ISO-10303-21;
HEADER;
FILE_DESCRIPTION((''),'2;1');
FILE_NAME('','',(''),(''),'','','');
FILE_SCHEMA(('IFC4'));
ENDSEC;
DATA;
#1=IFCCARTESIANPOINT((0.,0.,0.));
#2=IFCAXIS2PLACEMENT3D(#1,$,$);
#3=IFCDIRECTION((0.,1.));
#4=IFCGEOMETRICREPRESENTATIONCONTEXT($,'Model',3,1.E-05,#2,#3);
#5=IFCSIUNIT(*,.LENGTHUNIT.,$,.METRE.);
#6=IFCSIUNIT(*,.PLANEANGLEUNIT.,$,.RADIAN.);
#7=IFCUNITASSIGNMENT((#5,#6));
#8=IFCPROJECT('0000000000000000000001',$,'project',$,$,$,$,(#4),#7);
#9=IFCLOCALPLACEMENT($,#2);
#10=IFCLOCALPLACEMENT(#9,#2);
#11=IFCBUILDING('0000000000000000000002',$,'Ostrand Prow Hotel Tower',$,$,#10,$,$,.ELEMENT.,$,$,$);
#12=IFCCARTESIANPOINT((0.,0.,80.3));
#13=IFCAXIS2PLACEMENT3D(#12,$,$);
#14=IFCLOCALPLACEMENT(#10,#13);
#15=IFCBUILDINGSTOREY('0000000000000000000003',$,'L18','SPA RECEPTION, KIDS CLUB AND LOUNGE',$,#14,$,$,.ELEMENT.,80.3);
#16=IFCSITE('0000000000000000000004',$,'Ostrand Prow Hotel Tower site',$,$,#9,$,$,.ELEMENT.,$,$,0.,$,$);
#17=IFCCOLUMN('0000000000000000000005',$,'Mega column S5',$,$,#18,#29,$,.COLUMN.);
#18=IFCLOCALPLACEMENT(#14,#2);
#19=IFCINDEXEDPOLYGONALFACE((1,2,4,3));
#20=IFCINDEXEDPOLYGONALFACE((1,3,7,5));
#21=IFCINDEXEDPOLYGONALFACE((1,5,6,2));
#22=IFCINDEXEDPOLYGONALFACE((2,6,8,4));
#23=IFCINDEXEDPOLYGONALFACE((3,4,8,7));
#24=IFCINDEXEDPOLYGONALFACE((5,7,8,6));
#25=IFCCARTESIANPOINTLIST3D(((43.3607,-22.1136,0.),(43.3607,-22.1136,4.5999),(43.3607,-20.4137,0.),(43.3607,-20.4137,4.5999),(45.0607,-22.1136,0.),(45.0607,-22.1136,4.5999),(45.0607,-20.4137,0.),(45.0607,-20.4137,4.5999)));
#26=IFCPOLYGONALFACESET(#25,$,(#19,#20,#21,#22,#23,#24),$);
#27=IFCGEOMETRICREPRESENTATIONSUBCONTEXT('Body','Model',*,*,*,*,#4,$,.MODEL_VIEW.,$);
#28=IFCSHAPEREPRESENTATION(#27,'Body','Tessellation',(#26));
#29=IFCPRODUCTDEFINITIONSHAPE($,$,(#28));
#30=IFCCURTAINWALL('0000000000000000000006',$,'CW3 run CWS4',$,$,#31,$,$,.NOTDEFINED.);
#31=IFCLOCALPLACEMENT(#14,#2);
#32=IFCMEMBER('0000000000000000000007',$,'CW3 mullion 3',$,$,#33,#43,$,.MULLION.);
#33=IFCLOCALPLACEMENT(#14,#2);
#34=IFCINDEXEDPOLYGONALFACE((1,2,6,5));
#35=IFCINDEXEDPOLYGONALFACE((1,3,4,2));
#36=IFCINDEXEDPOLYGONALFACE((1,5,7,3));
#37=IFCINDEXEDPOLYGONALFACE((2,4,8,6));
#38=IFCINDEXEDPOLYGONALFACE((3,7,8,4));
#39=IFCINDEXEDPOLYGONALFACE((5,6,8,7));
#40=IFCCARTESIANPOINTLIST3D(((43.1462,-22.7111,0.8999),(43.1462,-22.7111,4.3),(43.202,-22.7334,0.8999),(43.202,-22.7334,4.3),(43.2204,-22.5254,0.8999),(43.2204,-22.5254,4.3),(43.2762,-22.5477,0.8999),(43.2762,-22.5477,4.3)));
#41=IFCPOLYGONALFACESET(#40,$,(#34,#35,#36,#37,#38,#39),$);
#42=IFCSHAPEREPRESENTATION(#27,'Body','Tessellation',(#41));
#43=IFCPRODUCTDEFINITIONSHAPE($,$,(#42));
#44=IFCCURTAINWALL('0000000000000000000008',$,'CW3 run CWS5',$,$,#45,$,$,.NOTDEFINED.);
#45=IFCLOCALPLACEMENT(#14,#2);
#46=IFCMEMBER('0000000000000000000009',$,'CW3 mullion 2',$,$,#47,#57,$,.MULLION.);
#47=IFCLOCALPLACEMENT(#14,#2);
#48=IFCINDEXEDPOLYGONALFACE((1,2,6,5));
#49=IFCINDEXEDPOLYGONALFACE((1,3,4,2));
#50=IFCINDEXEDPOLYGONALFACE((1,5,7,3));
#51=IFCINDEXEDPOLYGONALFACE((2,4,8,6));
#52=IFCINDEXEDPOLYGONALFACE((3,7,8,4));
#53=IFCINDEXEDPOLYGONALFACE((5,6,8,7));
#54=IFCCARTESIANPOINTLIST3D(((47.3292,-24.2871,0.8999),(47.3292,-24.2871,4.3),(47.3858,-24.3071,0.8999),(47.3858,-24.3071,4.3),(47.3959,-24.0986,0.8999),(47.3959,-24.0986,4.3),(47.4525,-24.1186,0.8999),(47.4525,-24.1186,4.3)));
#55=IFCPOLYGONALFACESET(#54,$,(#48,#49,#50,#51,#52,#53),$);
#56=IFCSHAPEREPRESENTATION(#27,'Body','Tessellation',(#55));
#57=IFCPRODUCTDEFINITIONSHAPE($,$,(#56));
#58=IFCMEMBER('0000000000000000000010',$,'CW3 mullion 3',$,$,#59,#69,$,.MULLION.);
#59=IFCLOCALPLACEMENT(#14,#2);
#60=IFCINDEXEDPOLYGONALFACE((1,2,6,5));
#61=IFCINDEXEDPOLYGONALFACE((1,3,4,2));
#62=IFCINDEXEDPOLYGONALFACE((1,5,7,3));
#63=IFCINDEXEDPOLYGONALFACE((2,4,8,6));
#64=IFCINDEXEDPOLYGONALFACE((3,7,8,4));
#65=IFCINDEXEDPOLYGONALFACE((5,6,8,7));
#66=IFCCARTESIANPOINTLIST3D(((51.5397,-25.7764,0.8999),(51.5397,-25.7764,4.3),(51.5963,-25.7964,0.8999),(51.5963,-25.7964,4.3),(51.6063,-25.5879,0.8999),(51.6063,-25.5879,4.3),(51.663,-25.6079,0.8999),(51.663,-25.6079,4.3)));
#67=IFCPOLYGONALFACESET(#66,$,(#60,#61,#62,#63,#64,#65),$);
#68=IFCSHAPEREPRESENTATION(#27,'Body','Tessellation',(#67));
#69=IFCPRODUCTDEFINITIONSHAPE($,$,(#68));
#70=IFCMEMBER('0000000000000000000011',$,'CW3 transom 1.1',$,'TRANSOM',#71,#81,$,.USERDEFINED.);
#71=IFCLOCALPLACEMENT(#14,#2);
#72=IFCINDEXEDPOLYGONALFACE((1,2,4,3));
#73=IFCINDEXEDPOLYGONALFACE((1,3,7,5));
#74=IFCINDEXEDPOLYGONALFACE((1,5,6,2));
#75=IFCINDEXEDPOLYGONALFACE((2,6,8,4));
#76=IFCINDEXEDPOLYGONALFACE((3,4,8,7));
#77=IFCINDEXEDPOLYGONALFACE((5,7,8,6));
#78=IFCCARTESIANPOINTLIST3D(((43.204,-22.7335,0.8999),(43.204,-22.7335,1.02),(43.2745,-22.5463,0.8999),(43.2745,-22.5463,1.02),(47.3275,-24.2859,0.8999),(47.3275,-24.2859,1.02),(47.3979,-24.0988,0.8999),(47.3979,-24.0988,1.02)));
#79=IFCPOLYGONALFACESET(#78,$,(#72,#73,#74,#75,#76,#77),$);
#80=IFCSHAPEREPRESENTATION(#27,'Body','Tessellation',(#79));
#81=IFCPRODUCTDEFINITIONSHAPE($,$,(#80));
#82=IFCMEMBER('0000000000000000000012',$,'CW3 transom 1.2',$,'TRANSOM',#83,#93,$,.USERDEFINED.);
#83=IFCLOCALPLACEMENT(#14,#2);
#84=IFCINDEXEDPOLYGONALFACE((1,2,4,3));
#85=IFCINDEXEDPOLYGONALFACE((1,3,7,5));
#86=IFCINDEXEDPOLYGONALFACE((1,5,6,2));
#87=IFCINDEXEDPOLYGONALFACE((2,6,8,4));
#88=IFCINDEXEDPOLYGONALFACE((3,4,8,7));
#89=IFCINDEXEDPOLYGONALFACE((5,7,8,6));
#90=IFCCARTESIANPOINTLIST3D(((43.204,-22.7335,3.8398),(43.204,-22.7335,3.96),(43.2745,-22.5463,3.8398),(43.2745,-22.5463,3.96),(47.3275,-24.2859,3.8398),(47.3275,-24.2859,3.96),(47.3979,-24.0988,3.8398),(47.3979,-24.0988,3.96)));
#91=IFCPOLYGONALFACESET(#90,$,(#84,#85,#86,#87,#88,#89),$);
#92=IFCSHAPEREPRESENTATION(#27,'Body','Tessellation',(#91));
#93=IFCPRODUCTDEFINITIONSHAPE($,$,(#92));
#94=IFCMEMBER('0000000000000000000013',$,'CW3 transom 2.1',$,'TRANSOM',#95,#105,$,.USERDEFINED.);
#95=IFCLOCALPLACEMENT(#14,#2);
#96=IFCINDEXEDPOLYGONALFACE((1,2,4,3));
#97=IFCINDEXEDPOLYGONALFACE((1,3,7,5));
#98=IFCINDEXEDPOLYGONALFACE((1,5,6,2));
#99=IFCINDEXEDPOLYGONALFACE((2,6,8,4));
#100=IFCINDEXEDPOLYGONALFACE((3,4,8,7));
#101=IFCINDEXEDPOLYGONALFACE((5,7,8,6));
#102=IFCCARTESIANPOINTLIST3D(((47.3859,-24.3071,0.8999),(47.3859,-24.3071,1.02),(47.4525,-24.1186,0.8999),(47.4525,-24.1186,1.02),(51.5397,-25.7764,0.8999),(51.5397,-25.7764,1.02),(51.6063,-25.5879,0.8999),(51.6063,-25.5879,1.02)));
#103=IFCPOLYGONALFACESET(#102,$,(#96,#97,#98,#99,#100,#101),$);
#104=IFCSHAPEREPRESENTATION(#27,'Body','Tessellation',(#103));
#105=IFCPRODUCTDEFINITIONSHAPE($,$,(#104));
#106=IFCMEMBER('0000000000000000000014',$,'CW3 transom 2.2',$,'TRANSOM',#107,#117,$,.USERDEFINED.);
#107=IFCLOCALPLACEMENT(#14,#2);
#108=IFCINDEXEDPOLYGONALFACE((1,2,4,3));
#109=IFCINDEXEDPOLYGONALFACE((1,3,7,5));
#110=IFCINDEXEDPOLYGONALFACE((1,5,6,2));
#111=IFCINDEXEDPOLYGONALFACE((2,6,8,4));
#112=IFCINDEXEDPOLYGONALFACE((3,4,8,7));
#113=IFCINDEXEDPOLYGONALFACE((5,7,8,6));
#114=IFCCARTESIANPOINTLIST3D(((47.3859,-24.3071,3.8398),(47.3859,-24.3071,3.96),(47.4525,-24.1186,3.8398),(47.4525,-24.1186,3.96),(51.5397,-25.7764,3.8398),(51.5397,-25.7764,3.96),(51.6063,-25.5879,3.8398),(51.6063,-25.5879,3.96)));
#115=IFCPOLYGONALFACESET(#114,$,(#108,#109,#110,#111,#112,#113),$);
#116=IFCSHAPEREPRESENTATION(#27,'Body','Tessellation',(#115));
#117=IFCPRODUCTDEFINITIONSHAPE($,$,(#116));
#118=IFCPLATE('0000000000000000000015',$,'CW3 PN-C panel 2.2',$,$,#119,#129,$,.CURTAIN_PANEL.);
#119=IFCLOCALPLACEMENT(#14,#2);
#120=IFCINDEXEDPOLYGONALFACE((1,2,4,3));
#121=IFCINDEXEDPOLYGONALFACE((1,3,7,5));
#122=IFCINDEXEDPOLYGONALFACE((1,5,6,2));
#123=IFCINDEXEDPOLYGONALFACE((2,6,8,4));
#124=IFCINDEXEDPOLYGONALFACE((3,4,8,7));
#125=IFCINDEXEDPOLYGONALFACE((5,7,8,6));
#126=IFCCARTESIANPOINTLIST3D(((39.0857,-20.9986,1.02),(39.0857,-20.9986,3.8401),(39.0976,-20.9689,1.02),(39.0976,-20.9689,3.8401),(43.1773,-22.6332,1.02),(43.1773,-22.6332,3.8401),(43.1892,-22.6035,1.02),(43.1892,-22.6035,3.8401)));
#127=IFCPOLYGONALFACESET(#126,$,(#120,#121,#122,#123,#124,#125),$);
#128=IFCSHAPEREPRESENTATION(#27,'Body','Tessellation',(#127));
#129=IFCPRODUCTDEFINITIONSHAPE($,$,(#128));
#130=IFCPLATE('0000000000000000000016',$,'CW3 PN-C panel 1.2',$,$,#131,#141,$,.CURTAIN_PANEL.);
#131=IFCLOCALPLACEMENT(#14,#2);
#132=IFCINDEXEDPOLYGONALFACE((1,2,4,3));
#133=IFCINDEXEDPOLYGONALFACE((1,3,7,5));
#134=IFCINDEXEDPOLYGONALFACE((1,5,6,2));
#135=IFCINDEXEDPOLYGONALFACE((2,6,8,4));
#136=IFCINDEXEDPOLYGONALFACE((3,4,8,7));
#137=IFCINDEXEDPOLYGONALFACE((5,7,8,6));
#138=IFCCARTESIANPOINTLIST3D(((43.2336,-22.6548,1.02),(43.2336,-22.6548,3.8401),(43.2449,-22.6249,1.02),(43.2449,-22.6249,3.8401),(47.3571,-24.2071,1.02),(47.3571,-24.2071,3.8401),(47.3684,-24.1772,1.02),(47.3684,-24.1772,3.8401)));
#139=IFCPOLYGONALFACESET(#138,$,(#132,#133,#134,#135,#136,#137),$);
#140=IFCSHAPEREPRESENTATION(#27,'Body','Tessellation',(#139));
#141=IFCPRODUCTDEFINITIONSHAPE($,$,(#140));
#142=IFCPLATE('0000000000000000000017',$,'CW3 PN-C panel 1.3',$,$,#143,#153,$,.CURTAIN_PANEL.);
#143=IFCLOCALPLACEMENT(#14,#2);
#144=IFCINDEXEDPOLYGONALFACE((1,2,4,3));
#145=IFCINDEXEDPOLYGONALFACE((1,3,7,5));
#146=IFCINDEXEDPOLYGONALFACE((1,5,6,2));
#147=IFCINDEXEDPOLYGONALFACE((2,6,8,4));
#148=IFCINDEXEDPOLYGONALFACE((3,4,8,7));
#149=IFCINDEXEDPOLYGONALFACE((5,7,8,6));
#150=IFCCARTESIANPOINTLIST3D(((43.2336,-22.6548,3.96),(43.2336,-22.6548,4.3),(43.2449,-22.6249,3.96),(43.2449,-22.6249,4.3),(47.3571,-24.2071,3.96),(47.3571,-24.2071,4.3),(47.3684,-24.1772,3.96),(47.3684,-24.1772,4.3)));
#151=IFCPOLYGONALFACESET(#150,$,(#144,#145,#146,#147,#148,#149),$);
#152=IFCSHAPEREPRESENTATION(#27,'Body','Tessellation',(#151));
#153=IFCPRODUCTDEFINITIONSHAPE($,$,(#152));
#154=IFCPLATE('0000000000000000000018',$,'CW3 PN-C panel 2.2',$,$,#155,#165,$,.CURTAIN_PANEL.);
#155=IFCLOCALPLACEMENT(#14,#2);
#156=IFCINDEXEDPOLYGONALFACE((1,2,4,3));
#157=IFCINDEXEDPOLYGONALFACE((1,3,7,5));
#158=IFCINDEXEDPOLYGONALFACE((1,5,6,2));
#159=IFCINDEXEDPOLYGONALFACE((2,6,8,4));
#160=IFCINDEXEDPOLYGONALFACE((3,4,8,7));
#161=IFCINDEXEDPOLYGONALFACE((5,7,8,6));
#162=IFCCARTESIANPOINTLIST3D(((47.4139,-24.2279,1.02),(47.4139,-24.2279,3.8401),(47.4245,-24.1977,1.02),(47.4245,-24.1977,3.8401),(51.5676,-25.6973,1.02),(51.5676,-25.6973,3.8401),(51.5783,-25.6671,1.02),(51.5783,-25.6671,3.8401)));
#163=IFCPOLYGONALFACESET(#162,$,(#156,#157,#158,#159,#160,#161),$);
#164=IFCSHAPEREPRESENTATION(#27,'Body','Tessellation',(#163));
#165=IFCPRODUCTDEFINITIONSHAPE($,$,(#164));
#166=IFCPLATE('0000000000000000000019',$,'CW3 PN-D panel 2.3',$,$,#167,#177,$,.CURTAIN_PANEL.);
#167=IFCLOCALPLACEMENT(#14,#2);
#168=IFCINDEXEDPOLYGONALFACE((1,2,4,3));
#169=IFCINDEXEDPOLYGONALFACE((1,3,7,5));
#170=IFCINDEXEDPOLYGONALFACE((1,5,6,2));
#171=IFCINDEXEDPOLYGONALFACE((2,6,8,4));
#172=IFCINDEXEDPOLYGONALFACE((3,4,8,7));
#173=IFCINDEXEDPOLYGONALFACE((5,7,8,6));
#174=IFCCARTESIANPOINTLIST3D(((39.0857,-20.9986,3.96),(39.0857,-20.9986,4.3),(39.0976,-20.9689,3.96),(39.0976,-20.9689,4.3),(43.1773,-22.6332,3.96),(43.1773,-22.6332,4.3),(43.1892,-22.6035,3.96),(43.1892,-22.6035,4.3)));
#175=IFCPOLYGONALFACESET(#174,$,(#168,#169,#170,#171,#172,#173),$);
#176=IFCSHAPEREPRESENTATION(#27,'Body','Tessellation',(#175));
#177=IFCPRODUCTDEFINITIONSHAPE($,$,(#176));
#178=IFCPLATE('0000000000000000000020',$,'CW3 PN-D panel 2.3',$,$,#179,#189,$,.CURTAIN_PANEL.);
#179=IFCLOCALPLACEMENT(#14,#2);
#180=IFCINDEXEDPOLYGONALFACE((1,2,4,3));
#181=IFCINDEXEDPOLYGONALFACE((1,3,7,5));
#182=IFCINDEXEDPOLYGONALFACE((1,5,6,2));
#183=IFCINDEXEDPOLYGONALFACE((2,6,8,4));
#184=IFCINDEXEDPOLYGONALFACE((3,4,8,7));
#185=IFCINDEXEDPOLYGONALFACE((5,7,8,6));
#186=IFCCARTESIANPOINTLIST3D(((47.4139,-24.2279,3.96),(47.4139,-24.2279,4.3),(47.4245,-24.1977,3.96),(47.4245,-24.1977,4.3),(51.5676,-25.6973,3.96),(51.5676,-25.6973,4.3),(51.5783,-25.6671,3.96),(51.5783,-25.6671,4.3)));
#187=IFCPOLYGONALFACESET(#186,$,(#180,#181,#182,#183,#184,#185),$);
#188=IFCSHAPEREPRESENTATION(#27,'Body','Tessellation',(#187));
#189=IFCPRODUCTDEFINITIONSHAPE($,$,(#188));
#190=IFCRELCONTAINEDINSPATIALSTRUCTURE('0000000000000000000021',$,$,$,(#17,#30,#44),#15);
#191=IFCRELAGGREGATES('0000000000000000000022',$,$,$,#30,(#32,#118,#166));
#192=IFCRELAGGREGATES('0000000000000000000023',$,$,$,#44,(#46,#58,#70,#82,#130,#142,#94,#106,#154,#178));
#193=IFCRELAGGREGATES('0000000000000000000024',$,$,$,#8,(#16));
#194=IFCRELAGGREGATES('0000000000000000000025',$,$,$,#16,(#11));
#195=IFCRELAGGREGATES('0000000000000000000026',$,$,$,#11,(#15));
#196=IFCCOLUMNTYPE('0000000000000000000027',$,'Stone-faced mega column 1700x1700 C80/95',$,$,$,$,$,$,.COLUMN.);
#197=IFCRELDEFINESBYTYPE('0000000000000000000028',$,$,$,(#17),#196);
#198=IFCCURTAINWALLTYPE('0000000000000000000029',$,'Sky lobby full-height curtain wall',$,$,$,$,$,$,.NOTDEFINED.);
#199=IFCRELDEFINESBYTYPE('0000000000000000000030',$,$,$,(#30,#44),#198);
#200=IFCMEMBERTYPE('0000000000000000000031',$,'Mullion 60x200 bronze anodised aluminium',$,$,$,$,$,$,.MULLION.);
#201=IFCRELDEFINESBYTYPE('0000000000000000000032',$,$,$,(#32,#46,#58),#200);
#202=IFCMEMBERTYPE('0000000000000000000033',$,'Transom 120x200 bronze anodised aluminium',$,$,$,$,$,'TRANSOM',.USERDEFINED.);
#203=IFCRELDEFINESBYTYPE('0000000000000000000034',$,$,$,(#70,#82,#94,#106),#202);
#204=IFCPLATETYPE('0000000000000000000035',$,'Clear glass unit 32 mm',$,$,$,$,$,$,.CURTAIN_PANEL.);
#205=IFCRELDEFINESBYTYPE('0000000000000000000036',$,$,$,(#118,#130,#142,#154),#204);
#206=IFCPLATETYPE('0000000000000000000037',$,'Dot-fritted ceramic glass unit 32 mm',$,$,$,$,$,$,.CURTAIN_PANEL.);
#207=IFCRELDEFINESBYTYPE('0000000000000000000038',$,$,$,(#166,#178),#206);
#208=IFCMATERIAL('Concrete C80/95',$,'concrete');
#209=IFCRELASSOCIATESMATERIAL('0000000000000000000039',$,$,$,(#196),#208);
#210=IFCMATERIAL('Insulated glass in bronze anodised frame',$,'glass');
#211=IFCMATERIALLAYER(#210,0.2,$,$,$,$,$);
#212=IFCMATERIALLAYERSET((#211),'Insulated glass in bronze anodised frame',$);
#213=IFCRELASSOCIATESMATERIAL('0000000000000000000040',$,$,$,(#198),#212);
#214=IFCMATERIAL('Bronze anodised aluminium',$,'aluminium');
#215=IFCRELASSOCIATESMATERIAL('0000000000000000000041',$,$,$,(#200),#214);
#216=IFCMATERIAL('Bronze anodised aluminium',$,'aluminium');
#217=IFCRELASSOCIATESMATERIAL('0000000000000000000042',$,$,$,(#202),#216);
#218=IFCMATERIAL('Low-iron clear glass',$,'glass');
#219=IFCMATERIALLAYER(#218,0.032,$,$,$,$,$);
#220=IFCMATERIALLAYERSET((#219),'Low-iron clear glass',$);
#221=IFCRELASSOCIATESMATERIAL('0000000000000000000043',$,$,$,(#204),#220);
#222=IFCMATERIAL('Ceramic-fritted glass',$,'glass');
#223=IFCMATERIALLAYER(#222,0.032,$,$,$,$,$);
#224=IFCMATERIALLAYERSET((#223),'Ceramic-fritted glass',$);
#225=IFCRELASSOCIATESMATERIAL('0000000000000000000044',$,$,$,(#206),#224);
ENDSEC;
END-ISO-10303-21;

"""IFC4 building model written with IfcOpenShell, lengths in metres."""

from ifc_helpers import new_model, si_unit, direction, frame, origin, origin_2d, place, context, subcontext, project, spatial, rectangle, extrude, material, layer, layer_set, material_profile, profile_set, type_object, element, aggregate, save


model = new_model("IFC4")

# Units and contexts
model_context = context("Model", 3, precision=1e-05, world=origin(), true_north=direction((0.0, 1.0)))
body_context = subcontext(model_context, "Body", "Model", "MODEL_VIEW")
ifc_project = project(units=[si_unit("LENGTHUNIT", "METRE"), si_unit("PLANEANGLEUNIT", "RADIAN")], contexts=[model_context])

# Site, building, storey
site_placement = place(None, origin())
site = spatial("IfcSite", under=ifc_project, at=site_placement, Name="Ostrand Prow Hotel Tower site", CompositionType="ELEMENT", RefElevation=0.0)
building_placement = place(site_placement, origin())
building = spatial("IfcBuilding", under=site, at=building_placement, Name="Ostrand Prow Hotel Tower", CompositionType="ELEMENT")
storey_placement = place(building_placement, frame((0.0, 0.0, 80.3)))
storey = spatial("IfcBuildingStorey", under=building, at=storey_placement, Name="L18", Description="SPA RECEPTION, KIDS CLUB AND LOUNGE", CompositionType="ELEMENT", Elevation=80.3)

# Column
ifc_material_1 = material(Name="Concrete C80/95", Category="concrete")
ifc_material_profile_1 = material_profile(ifc_material_1, rectangle(XDim=1.7, YDim=1.7, at=origin_2d()), Name="RC 1700x1700")
ifc_profile_set_1 = profile_set([ifc_material_profile_1], Name="Concrete C80/95")
column_type = type_object("IfcColumnType", Name="Stone-faced mega column 1700x1700 C80/95", PredefinedType="COLUMN", material=ifc_profile_set_1)
column_placement = place(storey_placement, frame((44.2107, -21.2637, 0.0), z_axis=(0.0, 0.0, 1.0), x_axis=(1.0, 0.0, 0.0)))
element("IfcColumn", 1, at=column_placement, inside=storey, type_object=column_type, Name="Mega column S5", PredefinedType="COLUMN", context=body_context, shape_type="SweptSolid", body=[
    extrude(rectangle(XDim=1.7, YDim=1.7, at=origin_2d()), origin(), (0.0, 0.0, 1.0), 4.5999),
])

# Curtain wall, member
ifc_material_2 = material(Name="Insulated glass in bronze anodised frame", Category="glass")
ifc_layer_1 = layer(ifc_material_2, 0.2)
ifc_layer_set_1 = layer_set([ifc_layer_1], Name="Insulated glass in bronze anodised frame")
curtain_wall_type = type_object("IfcCurtainWallType", Name="Sky lobby full-height curtain wall", PredefinedType="NOTDEFINED", material=ifc_layer_set_1)
curtain_wall_1_placement = place(storey_placement, origin())
curtain_wall_1 = element("IfcCurtainWall", 2, at=curtain_wall_1_placement, inside=storey, type_object=curtain_wall_type, Name="CW3 run CWS4", PredefinedType="NOTDEFINED")
ifc_material_3 = material(Name="Bronze anodised aluminium", Category="aluminium")
ifc_material_profile_2 = material_profile(ifc_material_3, rectangle(XDim=0.2, YDim=0.0601, at=origin_2d()), Name="Mullion 60x200 bronze anodised aluminium")
ifc_profile_set_2 = profile_set([ifc_material_profile_2], Name="Bronze anodised aluminium")
member_type_1 = type_object("IfcMemberType", Name="Mullion 60x200 bronze anodised aluminium", PredefinedType="MULLION", material=ifc_profile_set_2)
member_1_placement = place(storey_placement, frame((43.2112, -22.6294, 0.8999), z_axis=(0.0, 0.0, 1.0), x_axis=(0.370982, 0.92864, 0.0)))
member_1 = element("IfcMember", 3, at=member_1_placement, type_object=member_type_1, Name="CW3 mullion 3", PredefinedType="MULLION", context=body_context, shape_type="SweptSolid", body=[
    extrude(rectangle(XDim=0.2, YDim=0.0601, at=origin_2d()), origin(), (0.0, 0.0, 1.0), 3.4001),
])

# Curtain wall, members
curtain_wall_2_placement = place(storey_placement, origin())
curtain_wall_2 = element("IfcCurtainWall", 4, at=curtain_wall_2_placement, inside=storey, type_object=curtain_wall_type, Name="CW3 run CWS5", PredefinedType="NOTDEFINED")
member_2_placement = place(storey_placement, frame((47.3909, -24.2029, 0.8999), z_axis=(0.0, 0.0, 1.0), x_axis=(0.333496, 0.942752, 0.0)))
member_2 = element("IfcMember", 5, at=member_2_placement, type_object=member_type_1, Name="CW3 mullion 2", PredefinedType="MULLION", context=body_context, shape_type="SweptSolid", body=[
    extrude(rectangle(XDim=0.2, YDim=0.0601, at=origin_2d()), origin(), (0.0, 0.0, 1.0), 3.4001),
])
member_3_placement = place(storey_placement, frame((51.6013, -25.6921, 0.8999), z_axis=(0.0, 0.0, 1.0), x_axis=(0.333496, 0.942752, 0.0)))
member_3 = element("IfcMember", 6, at=member_3_placement, type_object=member_type_1, Name="CW3 mullion 3", PredefinedType="MULLION", context=body_context, shape_type="SweptSolid", body=[
    extrude(rectangle(XDim=0.2, YDim=0.0601, at=origin_2d()), origin(), (0.0, 0.0, 1.0), 3.4001),
])
ifc_material_4 = material(Name="Bronze anodised aluminium", Category="aluminium")
ifc_material_profile_3 = material_profile(ifc_material_4, rectangle(XDim=0.2, YDim=0.1201, at=origin_2d()), Name="Transom 120x200 bronze anodised aluminium")
ifc_profile_set_3 = profile_set([ifc_material_profile_3], Name="Bronze anodised aluminium")
member_type_2 = type_object("IfcMemberType", Name="Transom 120x200 bronze anodised aluminium", ElementType="TRANSOM", PredefinedType="USERDEFINED", material=ifc_profile_set_3)
member_4_placement = place(storey_placement, frame((43.2393, -22.6399, 0.96), z_axis=(0.935868, -0.35235, 0.0), x_axis=(0.35235, 0.935868, 0.0)))
member_4 = element("IfcMember", 7, at=member_4_placement, type_object=member_type_2, Name="CW3 transom 1.1", ObjectType="TRANSOM", PredefinedType="USERDEFINED", context=body_context, shape_type="SweptSolid", body=[
    extrude(rectangle(XDim=0.2, YDim=0.1201, at=origin_2d()), origin(), (0.0, 0.0, 1.0), 4.406),
])
member_5_placement = place(storey_placement, frame((43.2393, -22.6399, 3.8999), z_axis=(0.935868, -0.35235, 0.0), x_axis=(0.35235, 0.935868, 0.0)))
member_5 = element("IfcMember", 8, at=member_5_placement, type_object=member_type_2, Name="CW3 transom 1.2", ObjectType="TRANSOM", PredefinedType="USERDEFINED", context=body_context, shape_type="SweptSolid", body=[
    extrude(rectangle(XDim=0.2, YDim=0.1201, at=origin_2d()), origin(), (0.0, 0.0, 1.0), 4.406),
])
member_6_placement = place(storey_placement, frame((47.4192, -24.2129, 0.96), z_axis=(0.942763, -0.333463, 0.0), x_axis=(0.333463, 0.942763, 0.0)))
member_6 = element("IfcMember", 9, at=member_6_placement, type_object=member_type_2, Name="CW3 transom 2.1", ObjectType="TRANSOM", PredefinedType="USERDEFINED", context=body_context, shape_type="SweptSolid", body=[
    extrude(rectangle(XDim=0.2, YDim=0.1201, at=origin_2d()), origin(), (0.0, 0.0, 1.0), 4.406),
])
member_7_placement = place(storey_placement, frame((47.4192, -24.2129, 3.8999), z_axis=(0.942763, -0.333463, 0.0), x_axis=(0.333463, 0.942763, 0.0)))
member_7 = element("IfcMember", 10, at=member_7_placement, type_object=member_type_2, Name="CW3 transom 2.2", ObjectType="TRANSOM", PredefinedType="USERDEFINED", context=body_context, shape_type="SweptSolid", body=[
    extrude(rectangle(XDim=0.2, YDim=0.1201, at=origin_2d()), origin(), (0.0, 0.0, 1.0), 4.406),
])

# Plates
ifc_material_5 = material(Name="Low-iron clear glass", Category="glass")
ifc_layer_2 = layer(ifc_material_5, 0.032)
ifc_layer_set_2 = layer_set([ifc_layer_2], Name="Low-iron clear glass")
plate_type_1 = type_object("IfcPlateType", Name="Clear glass unit 32 mm", PredefinedType="CURTAIN_PANEL", material=ifc_layer_set_2)
plate_1_placement = place(storey_placement, frame((41.1375, -21.801, 1.02), z_axis=(0.0, 0.0, 1.0), x_axis=(0.92864, -0.370982, 0.0)))
plate_1 = element("IfcPlate", 11, at=plate_1_placement, type_object=plate_type_1, Name="CW3 PN-C panel 2.2", PredefinedType="CURTAIN_PANEL", context=body_context, shape_type="SweptSolid", body=[
    extrude(rectangle(XDim=4.406, YDim=0.032, at=origin_2d()), origin(), (0.0, 0.0, 1.0), 2.8201),
])
plate_2_placement = place(storey_placement, frame((45.301, -23.416, 1.02), z_axis=(0.0, 0.0, 1.0), x_axis=(0.935884, -0.352309, 0.0)))
plate_2 = element("IfcPlate", 12, at=plate_2_placement, type_object=plate_type_1, Name="CW3 PN-C panel 1.2", PredefinedType="CURTAIN_PANEL", context=body_context, shape_type="SweptSolid", body=[
    extrude(rectangle(XDim=4.406, YDim=0.032, at=origin_2d()), origin(), (0.0, 0.0, 1.0), 2.8201),
])
plate_3_placement = place(storey_placement, frame((45.301, -23.416, 3.96), z_axis=(0.0, 0.0, 1.0), x_axis=(0.935884, -0.352309, 0.0)))
plate_3 = element("IfcPlate", 13, at=plate_3_placement, type_object=plate_type_1, Name="CW3 PN-C panel 1.3", PredefinedType="CURTAIN_PANEL", context=body_context, shape_type="SweptSolid", body=[
    extrude(rectangle(XDim=4.406, YDim=0.032, at=origin_2d()), origin(), (0.0, 0.0, 1.0), 0.3401),
])
plate_4_placement = place(storey_placement, frame((49.4961, -24.9475, 1.02), z_axis=(0.0, 0.0, 1.0), x_axis=(0.942752, -0.333496, 0.0)))
plate_4 = element("IfcPlate", 14, at=plate_4_placement, type_object=plate_type_1, Name="CW3 PN-C panel 2.2", PredefinedType="CURTAIN_PANEL", context=body_context, shape_type="SweptSolid", body=[
    extrude(rectangle(XDim=4.406, YDim=0.032, at=origin_2d()), origin(), (0.0, 0.0, 1.0), 2.8201),
])
ifc_material_6 = material(Name="Ceramic-fritted glass", Category="glass")
ifc_layer_3 = layer(ifc_material_6, 0.032)
ifc_layer_set_3 = layer_set([ifc_layer_3], Name="Ceramic-fritted glass")
plate_type_2 = type_object("IfcPlateType", Name="Dot-fritted ceramic glass unit 32 mm", PredefinedType="CURTAIN_PANEL", material=ifc_layer_set_3)
plate_5_placement = place(storey_placement, frame((41.1375, -21.801, 3.96), z_axis=(0.0, 0.0, 1.0), x_axis=(0.92864, -0.370982, 0.0)))
plate_5 = element("IfcPlate", 15, at=plate_5_placement, type_object=plate_type_2, Name="CW3 PN-D panel 2.3", PredefinedType="CURTAIN_PANEL", context=body_context, shape_type="SweptSolid", body=[
    extrude(rectangle(XDim=4.406, YDim=0.032, at=origin_2d()), origin(), (0.0, 0.0, 1.0), 0.3401),
])
aggregate(curtain_wall_1, [member_1, plate_1, plate_5])
plate_6_placement = place(storey_placement, frame((49.4961, -24.9475, 3.96), z_axis=(0.0, 0.0, 1.0), x_axis=(0.942752, -0.333496, 0.0)))
plate_6 = element("IfcPlate", 16, at=plate_6_placement, type_object=plate_type_2, Name="CW3 PN-D panel 2.3", PredefinedType="CURTAIN_PANEL", context=body_context, shape_type="SweptSolid", body=[
    extrude(rectangle(XDim=4.406, YDim=0.032, at=origin_2d()), origin(), (0.0, 0.0, 1.0), 0.3401),
])
aggregate(curtain_wall_2, [member_2, member_3, member_4, member_5, plate_2, plate_3, member_6, member_7, plate_4, plate_6])

save(model, "model.ifc")
